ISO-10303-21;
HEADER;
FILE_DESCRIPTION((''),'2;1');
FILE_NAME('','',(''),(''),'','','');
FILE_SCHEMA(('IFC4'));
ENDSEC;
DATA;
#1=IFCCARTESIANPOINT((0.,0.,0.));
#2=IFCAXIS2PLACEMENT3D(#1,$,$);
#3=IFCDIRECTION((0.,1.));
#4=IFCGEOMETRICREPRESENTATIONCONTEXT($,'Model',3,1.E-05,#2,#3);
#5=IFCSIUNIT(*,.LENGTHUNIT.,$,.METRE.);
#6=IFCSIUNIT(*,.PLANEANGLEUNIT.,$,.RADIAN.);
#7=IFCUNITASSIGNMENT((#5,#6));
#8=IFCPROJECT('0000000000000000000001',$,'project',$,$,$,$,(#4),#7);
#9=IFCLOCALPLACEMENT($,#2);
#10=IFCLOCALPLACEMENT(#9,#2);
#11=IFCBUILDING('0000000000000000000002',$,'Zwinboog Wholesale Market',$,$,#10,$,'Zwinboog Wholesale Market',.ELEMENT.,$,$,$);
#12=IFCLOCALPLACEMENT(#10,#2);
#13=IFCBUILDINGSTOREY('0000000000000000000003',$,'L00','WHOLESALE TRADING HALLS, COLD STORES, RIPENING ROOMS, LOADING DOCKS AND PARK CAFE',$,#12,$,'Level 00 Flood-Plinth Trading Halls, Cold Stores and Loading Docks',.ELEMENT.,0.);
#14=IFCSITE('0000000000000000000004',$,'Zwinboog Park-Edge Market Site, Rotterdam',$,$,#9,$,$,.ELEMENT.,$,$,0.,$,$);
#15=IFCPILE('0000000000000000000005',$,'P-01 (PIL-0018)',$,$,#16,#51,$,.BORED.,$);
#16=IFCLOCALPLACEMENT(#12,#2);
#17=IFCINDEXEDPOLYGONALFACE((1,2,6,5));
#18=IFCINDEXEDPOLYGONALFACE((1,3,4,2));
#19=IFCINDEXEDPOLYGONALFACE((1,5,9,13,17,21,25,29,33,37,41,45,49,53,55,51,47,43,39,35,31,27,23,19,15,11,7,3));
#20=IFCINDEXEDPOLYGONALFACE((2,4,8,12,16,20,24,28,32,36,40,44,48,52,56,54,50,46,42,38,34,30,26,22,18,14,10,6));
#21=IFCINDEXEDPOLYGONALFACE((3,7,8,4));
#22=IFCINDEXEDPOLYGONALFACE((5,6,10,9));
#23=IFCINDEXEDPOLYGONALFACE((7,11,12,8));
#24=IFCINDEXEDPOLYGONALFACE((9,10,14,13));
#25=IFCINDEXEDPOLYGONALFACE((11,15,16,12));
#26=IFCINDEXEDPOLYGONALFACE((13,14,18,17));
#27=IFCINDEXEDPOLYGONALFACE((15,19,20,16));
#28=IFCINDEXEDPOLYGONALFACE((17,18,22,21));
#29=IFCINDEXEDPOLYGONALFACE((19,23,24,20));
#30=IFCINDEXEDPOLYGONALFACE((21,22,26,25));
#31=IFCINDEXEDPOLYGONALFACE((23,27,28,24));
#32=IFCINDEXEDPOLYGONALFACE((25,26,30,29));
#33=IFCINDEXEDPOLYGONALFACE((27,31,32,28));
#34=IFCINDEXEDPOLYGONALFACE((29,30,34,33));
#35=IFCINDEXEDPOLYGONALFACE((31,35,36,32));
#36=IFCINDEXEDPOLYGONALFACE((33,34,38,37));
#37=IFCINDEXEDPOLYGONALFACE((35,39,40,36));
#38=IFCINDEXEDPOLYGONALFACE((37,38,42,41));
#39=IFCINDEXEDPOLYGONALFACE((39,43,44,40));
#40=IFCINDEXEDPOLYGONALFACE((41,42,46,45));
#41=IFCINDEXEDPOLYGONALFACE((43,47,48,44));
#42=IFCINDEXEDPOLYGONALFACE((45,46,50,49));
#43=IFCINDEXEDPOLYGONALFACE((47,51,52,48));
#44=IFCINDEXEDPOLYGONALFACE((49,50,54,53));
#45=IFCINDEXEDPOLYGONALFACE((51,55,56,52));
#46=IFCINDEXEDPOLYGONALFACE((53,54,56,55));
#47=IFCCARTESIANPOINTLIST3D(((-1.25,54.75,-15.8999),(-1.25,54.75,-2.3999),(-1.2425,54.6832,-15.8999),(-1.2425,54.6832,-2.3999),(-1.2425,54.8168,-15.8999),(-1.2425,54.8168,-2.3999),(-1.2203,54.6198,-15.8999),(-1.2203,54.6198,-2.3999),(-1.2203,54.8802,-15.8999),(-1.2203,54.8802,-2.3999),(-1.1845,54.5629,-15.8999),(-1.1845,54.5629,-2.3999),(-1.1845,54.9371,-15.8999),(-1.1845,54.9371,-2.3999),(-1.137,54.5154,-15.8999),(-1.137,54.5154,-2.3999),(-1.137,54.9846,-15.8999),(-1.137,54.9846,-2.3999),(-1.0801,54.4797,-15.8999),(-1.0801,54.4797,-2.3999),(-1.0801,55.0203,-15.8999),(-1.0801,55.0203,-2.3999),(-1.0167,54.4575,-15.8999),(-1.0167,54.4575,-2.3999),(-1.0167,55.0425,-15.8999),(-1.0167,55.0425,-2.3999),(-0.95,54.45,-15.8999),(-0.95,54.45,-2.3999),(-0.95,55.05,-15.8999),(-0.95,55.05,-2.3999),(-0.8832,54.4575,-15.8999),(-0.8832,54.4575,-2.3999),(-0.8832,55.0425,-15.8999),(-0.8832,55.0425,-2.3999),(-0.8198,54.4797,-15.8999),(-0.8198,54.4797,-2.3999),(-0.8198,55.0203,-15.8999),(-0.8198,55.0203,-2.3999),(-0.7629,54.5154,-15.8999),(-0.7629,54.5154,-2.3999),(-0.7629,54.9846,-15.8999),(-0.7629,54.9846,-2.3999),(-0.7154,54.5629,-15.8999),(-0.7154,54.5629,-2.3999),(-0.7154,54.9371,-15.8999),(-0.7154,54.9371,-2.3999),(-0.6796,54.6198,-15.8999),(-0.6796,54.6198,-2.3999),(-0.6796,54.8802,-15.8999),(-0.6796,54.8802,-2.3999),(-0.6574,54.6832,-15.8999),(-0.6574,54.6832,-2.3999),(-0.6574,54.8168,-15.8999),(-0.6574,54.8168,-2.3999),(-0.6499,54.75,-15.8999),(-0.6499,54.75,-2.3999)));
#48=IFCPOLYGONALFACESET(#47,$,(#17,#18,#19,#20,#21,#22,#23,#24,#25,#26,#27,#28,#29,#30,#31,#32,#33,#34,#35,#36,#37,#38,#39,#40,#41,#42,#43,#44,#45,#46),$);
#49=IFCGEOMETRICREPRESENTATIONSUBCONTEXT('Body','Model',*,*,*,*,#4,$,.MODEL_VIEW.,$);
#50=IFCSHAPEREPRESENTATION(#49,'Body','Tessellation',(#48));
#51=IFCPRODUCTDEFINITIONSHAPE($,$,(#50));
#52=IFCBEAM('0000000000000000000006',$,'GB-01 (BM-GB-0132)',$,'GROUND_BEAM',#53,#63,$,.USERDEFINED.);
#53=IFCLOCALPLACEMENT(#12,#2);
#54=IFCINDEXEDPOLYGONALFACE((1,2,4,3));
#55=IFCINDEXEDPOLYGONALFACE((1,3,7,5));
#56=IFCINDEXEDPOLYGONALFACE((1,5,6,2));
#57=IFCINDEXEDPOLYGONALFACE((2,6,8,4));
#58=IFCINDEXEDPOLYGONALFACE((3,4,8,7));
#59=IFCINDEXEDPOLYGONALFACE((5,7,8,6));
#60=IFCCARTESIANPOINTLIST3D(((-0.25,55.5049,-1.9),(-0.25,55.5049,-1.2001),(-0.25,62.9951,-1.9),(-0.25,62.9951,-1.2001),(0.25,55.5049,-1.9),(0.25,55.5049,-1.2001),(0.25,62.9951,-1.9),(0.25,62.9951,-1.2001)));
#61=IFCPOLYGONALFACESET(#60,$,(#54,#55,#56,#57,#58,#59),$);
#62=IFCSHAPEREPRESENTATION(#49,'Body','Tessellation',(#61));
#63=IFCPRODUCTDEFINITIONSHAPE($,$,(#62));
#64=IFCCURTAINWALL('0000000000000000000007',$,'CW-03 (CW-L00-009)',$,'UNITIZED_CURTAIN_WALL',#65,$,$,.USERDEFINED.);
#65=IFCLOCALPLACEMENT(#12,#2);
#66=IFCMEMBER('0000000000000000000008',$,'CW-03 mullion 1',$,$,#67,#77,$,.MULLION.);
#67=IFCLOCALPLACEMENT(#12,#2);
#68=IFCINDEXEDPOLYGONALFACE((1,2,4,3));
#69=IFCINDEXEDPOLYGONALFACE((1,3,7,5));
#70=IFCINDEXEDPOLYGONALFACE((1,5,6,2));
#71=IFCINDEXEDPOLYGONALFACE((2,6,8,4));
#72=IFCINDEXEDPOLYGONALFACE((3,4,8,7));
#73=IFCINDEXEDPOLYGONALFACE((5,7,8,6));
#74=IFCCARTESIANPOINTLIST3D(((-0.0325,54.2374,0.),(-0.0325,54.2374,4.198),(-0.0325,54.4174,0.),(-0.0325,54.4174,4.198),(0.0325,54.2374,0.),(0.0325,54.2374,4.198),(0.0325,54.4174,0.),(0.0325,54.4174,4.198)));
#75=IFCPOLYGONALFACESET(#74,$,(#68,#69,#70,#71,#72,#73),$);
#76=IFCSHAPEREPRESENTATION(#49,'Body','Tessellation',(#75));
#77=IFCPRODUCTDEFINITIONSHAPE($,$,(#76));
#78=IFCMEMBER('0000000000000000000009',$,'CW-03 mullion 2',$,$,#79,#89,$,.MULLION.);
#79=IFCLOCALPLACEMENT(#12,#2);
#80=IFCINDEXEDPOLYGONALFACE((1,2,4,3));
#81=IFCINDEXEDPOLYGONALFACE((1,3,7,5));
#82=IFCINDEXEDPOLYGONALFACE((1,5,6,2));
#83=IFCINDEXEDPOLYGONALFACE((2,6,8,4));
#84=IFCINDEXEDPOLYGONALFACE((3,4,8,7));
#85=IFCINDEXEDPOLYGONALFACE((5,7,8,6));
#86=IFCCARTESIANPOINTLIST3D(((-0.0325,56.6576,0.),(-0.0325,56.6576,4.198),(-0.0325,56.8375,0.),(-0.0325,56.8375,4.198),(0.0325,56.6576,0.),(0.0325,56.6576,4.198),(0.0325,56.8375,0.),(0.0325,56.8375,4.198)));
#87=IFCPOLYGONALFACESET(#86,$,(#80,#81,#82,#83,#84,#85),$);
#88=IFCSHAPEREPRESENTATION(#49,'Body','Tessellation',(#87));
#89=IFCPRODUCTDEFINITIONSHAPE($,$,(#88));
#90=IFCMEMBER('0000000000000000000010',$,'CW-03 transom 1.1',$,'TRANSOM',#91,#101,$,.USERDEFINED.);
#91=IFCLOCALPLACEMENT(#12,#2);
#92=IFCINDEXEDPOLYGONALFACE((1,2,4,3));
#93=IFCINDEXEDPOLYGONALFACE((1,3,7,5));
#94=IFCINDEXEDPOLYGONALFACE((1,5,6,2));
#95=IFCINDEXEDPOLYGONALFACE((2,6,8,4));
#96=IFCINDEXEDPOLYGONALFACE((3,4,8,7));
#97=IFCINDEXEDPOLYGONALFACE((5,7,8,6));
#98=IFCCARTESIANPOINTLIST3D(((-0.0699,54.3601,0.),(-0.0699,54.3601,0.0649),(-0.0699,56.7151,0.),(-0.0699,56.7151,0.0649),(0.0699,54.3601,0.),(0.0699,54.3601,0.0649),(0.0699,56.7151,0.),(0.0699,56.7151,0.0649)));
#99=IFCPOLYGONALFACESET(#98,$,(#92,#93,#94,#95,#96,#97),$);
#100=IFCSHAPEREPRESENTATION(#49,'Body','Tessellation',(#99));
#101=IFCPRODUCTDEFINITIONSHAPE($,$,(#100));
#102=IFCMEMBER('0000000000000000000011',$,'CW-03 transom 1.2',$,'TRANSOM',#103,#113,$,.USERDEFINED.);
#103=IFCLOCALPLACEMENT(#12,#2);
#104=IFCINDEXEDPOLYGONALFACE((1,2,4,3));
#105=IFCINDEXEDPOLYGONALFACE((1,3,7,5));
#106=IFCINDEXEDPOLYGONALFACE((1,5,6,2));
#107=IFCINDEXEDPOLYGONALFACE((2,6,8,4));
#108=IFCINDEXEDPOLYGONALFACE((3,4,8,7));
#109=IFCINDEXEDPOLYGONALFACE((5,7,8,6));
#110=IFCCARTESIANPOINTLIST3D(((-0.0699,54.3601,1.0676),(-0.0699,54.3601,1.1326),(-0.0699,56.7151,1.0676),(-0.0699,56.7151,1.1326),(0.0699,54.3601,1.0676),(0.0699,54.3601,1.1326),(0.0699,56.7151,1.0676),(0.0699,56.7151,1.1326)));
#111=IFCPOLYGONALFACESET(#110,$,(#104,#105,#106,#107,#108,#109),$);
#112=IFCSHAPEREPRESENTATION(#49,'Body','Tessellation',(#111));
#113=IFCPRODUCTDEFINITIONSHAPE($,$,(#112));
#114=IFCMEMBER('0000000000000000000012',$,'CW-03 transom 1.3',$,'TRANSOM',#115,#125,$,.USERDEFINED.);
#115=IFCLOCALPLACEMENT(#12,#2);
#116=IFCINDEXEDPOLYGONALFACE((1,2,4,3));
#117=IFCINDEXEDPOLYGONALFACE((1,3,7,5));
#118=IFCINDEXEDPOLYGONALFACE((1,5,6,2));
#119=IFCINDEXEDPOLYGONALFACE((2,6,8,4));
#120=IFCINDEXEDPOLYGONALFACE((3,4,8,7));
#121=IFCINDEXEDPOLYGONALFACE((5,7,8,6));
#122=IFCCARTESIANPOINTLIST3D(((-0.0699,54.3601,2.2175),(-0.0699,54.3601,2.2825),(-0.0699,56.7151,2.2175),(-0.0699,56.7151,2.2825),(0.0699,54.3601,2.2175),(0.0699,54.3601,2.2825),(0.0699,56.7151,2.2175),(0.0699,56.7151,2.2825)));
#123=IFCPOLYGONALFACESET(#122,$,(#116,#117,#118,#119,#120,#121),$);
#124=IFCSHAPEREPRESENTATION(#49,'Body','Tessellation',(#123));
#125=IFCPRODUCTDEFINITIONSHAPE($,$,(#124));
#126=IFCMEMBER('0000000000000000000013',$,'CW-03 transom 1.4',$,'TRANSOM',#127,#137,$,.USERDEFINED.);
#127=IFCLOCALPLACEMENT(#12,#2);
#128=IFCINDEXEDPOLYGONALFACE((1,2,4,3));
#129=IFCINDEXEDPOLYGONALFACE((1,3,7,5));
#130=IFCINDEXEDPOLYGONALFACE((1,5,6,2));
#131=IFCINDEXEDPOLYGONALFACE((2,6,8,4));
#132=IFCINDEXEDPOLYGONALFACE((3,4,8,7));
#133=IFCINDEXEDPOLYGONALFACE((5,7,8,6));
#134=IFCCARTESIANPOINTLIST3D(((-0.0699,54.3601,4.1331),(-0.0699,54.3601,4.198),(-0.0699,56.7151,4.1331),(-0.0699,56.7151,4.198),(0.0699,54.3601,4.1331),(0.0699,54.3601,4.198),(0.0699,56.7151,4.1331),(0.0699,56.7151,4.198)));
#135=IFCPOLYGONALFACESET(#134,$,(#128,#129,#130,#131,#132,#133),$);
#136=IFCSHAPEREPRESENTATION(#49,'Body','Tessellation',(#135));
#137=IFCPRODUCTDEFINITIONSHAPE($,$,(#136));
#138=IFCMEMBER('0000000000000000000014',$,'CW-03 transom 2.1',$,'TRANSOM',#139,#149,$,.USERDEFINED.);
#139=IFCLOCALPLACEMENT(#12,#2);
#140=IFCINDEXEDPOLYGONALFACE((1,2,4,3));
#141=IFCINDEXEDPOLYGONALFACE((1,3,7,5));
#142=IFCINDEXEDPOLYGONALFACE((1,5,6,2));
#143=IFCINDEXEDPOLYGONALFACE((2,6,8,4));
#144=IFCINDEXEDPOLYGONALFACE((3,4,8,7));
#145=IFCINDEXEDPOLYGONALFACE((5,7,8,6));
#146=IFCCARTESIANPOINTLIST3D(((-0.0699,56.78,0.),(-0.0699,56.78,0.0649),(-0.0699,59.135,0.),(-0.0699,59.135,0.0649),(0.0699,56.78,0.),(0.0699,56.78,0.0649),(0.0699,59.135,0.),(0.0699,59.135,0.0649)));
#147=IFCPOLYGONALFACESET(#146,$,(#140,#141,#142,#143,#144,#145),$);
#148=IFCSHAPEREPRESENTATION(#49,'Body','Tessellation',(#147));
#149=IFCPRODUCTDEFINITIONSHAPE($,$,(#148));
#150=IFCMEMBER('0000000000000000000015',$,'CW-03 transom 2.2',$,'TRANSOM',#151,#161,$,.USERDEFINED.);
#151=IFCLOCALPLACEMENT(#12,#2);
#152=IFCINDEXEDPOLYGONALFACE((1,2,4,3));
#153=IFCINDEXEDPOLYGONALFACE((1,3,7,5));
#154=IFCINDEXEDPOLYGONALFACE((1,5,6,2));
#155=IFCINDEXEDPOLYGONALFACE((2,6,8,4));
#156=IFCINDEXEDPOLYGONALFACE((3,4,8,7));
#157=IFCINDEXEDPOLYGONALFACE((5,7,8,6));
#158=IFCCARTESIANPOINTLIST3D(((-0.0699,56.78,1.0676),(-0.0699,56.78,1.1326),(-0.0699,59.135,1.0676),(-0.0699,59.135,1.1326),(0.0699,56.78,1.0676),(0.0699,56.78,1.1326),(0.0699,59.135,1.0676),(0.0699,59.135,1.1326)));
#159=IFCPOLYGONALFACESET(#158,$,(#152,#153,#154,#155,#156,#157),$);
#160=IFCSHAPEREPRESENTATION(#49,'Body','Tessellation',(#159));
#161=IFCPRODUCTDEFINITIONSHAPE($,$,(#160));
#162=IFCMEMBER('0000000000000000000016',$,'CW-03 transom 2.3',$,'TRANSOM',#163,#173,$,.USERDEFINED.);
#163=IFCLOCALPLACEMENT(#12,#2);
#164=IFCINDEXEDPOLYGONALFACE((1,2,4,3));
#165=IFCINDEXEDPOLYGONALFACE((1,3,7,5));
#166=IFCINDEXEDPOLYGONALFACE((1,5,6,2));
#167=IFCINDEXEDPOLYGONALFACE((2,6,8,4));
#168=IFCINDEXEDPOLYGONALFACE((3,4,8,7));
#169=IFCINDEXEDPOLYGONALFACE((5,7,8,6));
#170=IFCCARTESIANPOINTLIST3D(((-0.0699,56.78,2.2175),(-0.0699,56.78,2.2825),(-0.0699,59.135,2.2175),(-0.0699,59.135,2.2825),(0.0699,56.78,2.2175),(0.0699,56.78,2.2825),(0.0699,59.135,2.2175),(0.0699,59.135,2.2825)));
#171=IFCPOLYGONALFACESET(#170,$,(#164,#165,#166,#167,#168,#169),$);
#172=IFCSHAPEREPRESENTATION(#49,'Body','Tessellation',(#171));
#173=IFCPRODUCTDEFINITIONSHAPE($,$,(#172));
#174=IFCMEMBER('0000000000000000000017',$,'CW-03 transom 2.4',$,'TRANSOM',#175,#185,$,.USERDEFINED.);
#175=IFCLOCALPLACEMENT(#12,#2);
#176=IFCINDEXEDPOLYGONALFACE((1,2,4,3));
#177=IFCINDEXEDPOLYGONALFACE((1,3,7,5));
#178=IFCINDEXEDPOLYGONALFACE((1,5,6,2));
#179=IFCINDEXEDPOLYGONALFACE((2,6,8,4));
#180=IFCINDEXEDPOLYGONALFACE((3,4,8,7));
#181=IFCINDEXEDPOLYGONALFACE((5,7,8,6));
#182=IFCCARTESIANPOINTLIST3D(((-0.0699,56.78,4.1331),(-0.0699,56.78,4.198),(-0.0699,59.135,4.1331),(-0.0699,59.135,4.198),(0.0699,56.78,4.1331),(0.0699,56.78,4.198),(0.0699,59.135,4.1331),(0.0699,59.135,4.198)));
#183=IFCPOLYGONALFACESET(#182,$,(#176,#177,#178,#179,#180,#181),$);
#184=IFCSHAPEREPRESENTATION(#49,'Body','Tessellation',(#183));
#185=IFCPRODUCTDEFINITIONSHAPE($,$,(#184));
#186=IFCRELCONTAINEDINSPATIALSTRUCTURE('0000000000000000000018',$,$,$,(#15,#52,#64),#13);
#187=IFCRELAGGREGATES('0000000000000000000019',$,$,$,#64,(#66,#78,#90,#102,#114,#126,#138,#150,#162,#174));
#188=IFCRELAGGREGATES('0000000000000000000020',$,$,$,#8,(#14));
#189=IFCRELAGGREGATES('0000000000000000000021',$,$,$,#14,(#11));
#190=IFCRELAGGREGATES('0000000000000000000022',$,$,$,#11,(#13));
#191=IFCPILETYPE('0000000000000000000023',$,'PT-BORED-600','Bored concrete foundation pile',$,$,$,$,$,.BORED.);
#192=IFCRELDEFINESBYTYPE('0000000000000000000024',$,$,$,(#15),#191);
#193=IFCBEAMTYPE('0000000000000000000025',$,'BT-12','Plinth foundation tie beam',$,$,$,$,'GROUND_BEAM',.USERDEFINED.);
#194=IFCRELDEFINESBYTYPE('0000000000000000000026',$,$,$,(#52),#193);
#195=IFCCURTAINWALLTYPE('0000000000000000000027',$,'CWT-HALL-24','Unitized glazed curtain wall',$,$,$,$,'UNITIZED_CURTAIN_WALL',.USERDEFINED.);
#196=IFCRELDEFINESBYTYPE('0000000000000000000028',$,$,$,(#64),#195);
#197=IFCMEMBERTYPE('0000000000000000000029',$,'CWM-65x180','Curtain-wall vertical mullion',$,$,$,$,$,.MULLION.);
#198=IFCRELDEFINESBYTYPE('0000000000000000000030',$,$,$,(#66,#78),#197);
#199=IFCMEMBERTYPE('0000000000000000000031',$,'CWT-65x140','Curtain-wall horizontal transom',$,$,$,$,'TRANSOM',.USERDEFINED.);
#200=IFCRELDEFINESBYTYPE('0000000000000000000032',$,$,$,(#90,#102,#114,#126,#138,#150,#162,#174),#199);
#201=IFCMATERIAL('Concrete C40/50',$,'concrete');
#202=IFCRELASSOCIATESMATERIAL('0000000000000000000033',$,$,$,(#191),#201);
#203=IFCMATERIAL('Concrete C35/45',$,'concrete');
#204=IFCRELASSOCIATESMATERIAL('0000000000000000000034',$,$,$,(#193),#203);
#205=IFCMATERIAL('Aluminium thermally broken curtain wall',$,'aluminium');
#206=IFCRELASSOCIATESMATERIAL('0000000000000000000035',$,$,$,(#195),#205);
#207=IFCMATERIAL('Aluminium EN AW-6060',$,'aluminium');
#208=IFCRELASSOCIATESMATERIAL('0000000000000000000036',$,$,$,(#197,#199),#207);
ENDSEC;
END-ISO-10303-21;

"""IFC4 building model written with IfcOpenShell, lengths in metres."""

from ifc_helpers import new_model, si_unit, direction, frame, origin, origin_2d, place, context, subcontext, project, spatial, rectangle, circle, extrude, material, material_profile, profile_set, type_object, element, aggregate, save


model = new_model("IFC4")

# Units and contexts
model_context = context("Model", 3, precision=1e-05, world=origin(), true_north=direction((0.0, 1.0)))
body_context = subcontext(model_context, "Body", "Model", "MODEL_VIEW")
ifc_project = project(units=[si_unit("LENGTHUNIT", "METRE"), si_unit("PLANEANGLEUNIT", "RADIAN")], contexts=[model_context])

# Site, building, storey
site_placement = place(None, origin())
site = spatial("IfcSite", under=ifc_project, at=site_placement, Name="Zwinboog Park-Edge Market Site, Rotterdam", CompositionType="ELEMENT", RefElevation=0.0)
building_placement = place(site_placement, origin())
building = spatial("IfcBuilding", under=site, at=building_placement, Name="Zwinboog Wholesale Market", LongName="Zwinboog Wholesale Market", CompositionType="ELEMENT")
storey_placement = place(building_placement, origin())
storey = spatial("IfcBuildingStorey", under=building, at=storey_placement, Name="L00", Description="WHOLESALE TRADING HALLS, COLD STORES, RIPENING ROOMS, LOADING DOCKS AND PARK CAFE", LongName="Level 00 Flood-Plinth Trading Halls, Cold Stores and Loading Docks", CompositionType="ELEMENT", Elevation=0.0)

# Pile
ifc_material_1 = material(Name="Concrete C40/50", Category="concrete")
ifc_material_profile_1 = material_profile(ifc_material_1, circle(Radius=0.3, at=origin_2d()), Name="PILE D600")
ifc_profile_set_1 = profile_set([ifc_material_profile_1], Name="Concrete C40/50")
pile_type = type_object("IfcPileType", Name="PT-BORED-600", Description="Bored concrete foundation pile", PredefinedType="BORED", material=ifc_profile_set_1)
pile_placement = place(storey_placement, frame((-0.95, 54.75, -2.3999), z_axis=(0.0, 0.0, -1.0), x_axis=(1.0, 0.0, 0.0)))
element("IfcPile", 1, at=pile_placement, inside=storey, type_object=pile_type, Name="P-01 (PIL-0018)", PredefinedType="BORED", context=body_context, shape_type="SweptSolid", body=[
    extrude(circle(Radius=0.3, at=origin_2d()), origin(), (0.0, 0.0, 1.0), 13.5),
])

# Beam
ifc_material_2 = material(Name="Concrete C35/45", Category="concrete")
ifc_material_profile_2 = material_profile(ifc_material_2, rectangle(XDim=0.5, YDim=0.7, at=origin_2d()), Name="RC 500x700")
ifc_profile_set_2 = profile_set([ifc_material_profile_2], Name="Concrete C35/45")
beam_type = type_object("IfcBeamType", Name="BT-12", Description="Plinth foundation tie beam", ElementType="GROUND_BEAM", PredefinedType="USERDEFINED", material=ifc_profile_set_2)
beam_placement = place(storey_placement, frame((0.0, 55.5049, -1.55), z_axis=(0.0, 1.0, 0.0), x_axis=(-1.0, 0.0, 0.0)))
element("IfcBeam", 2, at=beam_placement, inside=storey, type_object=beam_type, Name="GB-01 (BM-GB-0132)", ObjectType="GROUND_BEAM", PredefinedType="USERDEFINED", context=body_context, shape_type="SweptSolid", body=[
    extrude(rectangle(XDim=0.5, YDim=0.7, at=origin_2d()), origin(), (0.0, 0.0, 1.0), 7.4902),
])

# Curtain wall, members
ifc_material_3 = material(Name="Aluminium thermally broken curtain wall", Category="aluminium")
curtain_wall_type = type_object("IfcCurtainWallType", Name="CWT-HALL-24", Description="Unitized glazed curtain wall", ElementType="UNITIZED_CURTAIN_WALL", PredefinedType="USERDEFINED", material=ifc_material_3)
curtain_wall_placement = place(storey_placement, origin())
curtain_wall = element("IfcCurtainWall", 3, at=curtain_wall_placement, inside=storey, type_object=curtain_wall_type, Name="CW-03 (CW-L00-009)", ObjectType="UNITIZED_CURTAIN_WALL", PredefinedType="USERDEFINED")
ifc_material_4 = material(Name="Aluminium EN AW-6060", Category="aluminium")
ifc_material_profile_3 = material_profile(ifc_material_4, rectangle(XDim=0.0649, YDim=0.1799, at=origin_2d()), Name="AL 65x180")
ifc_profile_set_3 = profile_set([ifc_material_profile_3], Name="Aluminium EN AW-6060")
member_type_1 = type_object("IfcMemberType", Name="CWM-65x180", Description="Curtain-wall vertical mullion", PredefinedType="MULLION", material=ifc_profile_set_3)
member_1_placement = place(storey_placement, frame((0.0, 54.3274, 0.0), z_axis=(0.0, 0.0, 1.0), x_axis=(-1.0, 0.0, 0.0)))
member_1 = element("IfcMember", 4, at=member_1_placement, type_object=member_type_1, Name="CW-03 mullion 1", PredefinedType="MULLION", context=body_context, shape_type="SweptSolid", body=[
    extrude(rectangle(XDim=0.0649, YDim=0.1799, at=origin_2d()), origin(), (0.0, 0.0, 1.0), 4.198),
])
member_2_placement = place(storey_placement, frame((0.0, 56.7476, 0.0), z_axis=(0.0, 0.0, 1.0), x_axis=(-1.0, 0.0, 0.0)))
member_2 = element("IfcMember", 5, at=member_2_placement, type_object=member_type_1, Name="CW-03 mullion 2", PredefinedType="MULLION", context=body_context, shape_type="SweptSolid", body=[
    extrude(rectangle(XDim=0.0649, YDim=0.1799, at=origin_2d()), origin(), (0.0, 0.0, 1.0), 4.198),
])
ifc_material_profile_4 = material_profile(ifc_material_4, rectangle(XDim=0.1399, YDim=0.0649, at=origin_2d()), Name="AL 65x140")
ifc_profile_set_4 = profile_set([ifc_material_profile_4], Name="Aluminium EN AW-6060")
member_type_2 = type_object("IfcMemberType", Name="CWT-65x140", Description="Curtain-wall horizontal transom", ElementType="TRANSOM", PredefinedType="USERDEFINED", material=ifc_profile_set_4)
member_3_placement = place(storey_placement, frame((0.0, 54.3601, 0.0325), z_axis=(0.0, 1.0, 0.0), x_axis=(-1.0, 0.0, 0.0)))
member_3 = element("IfcMember", 6, at=member_3_placement, type_object=member_type_2, Name="CW-03 transom 1.1", ObjectType="TRANSOM", PredefinedType="USERDEFINED", context=body_context, shape_type="SweptSolid", body=[
    extrude(rectangle(XDim=0.1399, YDim=0.0649, at=origin_2d()), origin(), (0.0, 0.0, 1.0), 2.355),
])
member_4_placement = place(storey_placement, frame((0.0, 54.3601, 1.1001), z_axis=(0.0, 1.0, 0.0), x_axis=(-1.0, 0.0, 0.0)))
member_4 = element("IfcMember", 7, at=member_4_placement, type_object=member_type_2, Name="CW-03 transom 1.2", ObjectType="TRANSOM", PredefinedType="USERDEFINED", context=body_context, shape_type="SweptSolid", body=[
    extrude(rectangle(XDim=0.1399, YDim=0.0649, at=origin_2d()), origin(), (0.0, 0.0, 1.0), 2.355),
])
member_5_placement = place(storey_placement, frame((0.0, 54.3601, 2.25), z_axis=(0.0, 1.0, 0.0), x_axis=(-1.0, 0.0, 0.0)))
member_5 = element("IfcMember", 8, at=member_5_placement, type_object=member_type_2, Name="CW-03 transom 1.3", ObjectType="TRANSOM", PredefinedType="USERDEFINED", context=body_context, shape_type="SweptSolid", body=[
    extrude(rectangle(XDim=0.1399, YDim=0.0649, at=origin_2d()), origin(), (0.0, 0.0, 1.0), 2.355),
])
member_6_placement = place(storey_placement, frame((0.0, 54.3601, 4.1655), z_axis=(0.0, 1.0, 0.0), x_axis=(-1.0, 0.0, 0.0)))
member_6 = element("IfcMember", 9, at=member_6_placement, type_object=member_type_2, Name="CW-03 transom 1.4", ObjectType="TRANSOM", PredefinedType="USERDEFINED", context=body_context, shape_type="SweptSolid", body=[
    extrude(rectangle(XDim=0.1399, YDim=0.0649, at=origin_2d()), origin(), (0.0, 0.0, 1.0), 2.355),
])
member_7_placement = place(storey_placement, frame((0.0, 56.78, 0.0325), z_axis=(0.0, 1.0, 0.0), x_axis=(-1.0, 0.0, 0.0)))
member_7 = element("IfcMember", 10, at=member_7_placement, type_object=member_type_2, Name="CW-03 transom 2.1", ObjectType="TRANSOM", PredefinedType="USERDEFINED", context=body_context, shape_type="SweptSolid", body=[
    extrude(rectangle(XDim=0.1399, YDim=0.0649, at=origin_2d()), origin(), (0.0, 0.0, 1.0), 2.355),
])
member_8_placement = place(storey_placement, frame((0.0, 56.78, 1.1001), z_axis=(0.0, 1.0, 0.0), x_axis=(-1.0, 0.0, 0.0)))
member_8 = element("IfcMember", 11, at=member_8_placement, type_object=member_type_2, Name="CW-03 transom 2.2", ObjectType="TRANSOM", PredefinedType="USERDEFINED", context=body_context, shape_type="SweptSolid", body=[
    extrude(rectangle(XDim=0.1399, YDim=0.0649, at=origin_2d()), origin(), (0.0, 0.0, 1.0), 2.355),
])
member_9_placement = place(storey_placement, frame((0.0, 56.78, 2.25), z_axis=(0.0, 1.0, 0.0), x_axis=(-1.0, 0.0, 0.0)))
member_9 = element("IfcMember", 12, at=member_9_placement, type_object=member_type_2, Name="CW-03 transom 2.3", ObjectType="TRANSOM", PredefinedType="USERDEFINED", context=body_context, shape_type="SweptSolid", body=[
    extrude(rectangle(XDim=0.1399, YDim=0.0649, at=origin_2d()), origin(), (0.0, 0.0, 1.0), 2.355),
])
member_10_placement = place(storey_placement, frame((0.0, 56.78, 4.1655), z_axis=(0.0, 1.0, 0.0), x_axis=(-1.0, 0.0, 0.0)))
member_10 = element("IfcMember", 13, at=member_10_placement, type_object=member_type_2, Name="CW-03 transom 2.4", ObjectType="TRANSOM", PredefinedType="USERDEFINED", context=body_context, shape_type="SweptSolid", body=[
    extrude(rectangle(XDim=0.1399, YDim=0.0649, at=origin_2d()), origin(), (0.0, 0.0, 1.0), 2.355),
])
aggregate(curtain_wall, [member_1, member_2, member_3, member_4, member_5, member_6, member_7, member_8, member_9, member_10])

save(model, "model.ifc")
